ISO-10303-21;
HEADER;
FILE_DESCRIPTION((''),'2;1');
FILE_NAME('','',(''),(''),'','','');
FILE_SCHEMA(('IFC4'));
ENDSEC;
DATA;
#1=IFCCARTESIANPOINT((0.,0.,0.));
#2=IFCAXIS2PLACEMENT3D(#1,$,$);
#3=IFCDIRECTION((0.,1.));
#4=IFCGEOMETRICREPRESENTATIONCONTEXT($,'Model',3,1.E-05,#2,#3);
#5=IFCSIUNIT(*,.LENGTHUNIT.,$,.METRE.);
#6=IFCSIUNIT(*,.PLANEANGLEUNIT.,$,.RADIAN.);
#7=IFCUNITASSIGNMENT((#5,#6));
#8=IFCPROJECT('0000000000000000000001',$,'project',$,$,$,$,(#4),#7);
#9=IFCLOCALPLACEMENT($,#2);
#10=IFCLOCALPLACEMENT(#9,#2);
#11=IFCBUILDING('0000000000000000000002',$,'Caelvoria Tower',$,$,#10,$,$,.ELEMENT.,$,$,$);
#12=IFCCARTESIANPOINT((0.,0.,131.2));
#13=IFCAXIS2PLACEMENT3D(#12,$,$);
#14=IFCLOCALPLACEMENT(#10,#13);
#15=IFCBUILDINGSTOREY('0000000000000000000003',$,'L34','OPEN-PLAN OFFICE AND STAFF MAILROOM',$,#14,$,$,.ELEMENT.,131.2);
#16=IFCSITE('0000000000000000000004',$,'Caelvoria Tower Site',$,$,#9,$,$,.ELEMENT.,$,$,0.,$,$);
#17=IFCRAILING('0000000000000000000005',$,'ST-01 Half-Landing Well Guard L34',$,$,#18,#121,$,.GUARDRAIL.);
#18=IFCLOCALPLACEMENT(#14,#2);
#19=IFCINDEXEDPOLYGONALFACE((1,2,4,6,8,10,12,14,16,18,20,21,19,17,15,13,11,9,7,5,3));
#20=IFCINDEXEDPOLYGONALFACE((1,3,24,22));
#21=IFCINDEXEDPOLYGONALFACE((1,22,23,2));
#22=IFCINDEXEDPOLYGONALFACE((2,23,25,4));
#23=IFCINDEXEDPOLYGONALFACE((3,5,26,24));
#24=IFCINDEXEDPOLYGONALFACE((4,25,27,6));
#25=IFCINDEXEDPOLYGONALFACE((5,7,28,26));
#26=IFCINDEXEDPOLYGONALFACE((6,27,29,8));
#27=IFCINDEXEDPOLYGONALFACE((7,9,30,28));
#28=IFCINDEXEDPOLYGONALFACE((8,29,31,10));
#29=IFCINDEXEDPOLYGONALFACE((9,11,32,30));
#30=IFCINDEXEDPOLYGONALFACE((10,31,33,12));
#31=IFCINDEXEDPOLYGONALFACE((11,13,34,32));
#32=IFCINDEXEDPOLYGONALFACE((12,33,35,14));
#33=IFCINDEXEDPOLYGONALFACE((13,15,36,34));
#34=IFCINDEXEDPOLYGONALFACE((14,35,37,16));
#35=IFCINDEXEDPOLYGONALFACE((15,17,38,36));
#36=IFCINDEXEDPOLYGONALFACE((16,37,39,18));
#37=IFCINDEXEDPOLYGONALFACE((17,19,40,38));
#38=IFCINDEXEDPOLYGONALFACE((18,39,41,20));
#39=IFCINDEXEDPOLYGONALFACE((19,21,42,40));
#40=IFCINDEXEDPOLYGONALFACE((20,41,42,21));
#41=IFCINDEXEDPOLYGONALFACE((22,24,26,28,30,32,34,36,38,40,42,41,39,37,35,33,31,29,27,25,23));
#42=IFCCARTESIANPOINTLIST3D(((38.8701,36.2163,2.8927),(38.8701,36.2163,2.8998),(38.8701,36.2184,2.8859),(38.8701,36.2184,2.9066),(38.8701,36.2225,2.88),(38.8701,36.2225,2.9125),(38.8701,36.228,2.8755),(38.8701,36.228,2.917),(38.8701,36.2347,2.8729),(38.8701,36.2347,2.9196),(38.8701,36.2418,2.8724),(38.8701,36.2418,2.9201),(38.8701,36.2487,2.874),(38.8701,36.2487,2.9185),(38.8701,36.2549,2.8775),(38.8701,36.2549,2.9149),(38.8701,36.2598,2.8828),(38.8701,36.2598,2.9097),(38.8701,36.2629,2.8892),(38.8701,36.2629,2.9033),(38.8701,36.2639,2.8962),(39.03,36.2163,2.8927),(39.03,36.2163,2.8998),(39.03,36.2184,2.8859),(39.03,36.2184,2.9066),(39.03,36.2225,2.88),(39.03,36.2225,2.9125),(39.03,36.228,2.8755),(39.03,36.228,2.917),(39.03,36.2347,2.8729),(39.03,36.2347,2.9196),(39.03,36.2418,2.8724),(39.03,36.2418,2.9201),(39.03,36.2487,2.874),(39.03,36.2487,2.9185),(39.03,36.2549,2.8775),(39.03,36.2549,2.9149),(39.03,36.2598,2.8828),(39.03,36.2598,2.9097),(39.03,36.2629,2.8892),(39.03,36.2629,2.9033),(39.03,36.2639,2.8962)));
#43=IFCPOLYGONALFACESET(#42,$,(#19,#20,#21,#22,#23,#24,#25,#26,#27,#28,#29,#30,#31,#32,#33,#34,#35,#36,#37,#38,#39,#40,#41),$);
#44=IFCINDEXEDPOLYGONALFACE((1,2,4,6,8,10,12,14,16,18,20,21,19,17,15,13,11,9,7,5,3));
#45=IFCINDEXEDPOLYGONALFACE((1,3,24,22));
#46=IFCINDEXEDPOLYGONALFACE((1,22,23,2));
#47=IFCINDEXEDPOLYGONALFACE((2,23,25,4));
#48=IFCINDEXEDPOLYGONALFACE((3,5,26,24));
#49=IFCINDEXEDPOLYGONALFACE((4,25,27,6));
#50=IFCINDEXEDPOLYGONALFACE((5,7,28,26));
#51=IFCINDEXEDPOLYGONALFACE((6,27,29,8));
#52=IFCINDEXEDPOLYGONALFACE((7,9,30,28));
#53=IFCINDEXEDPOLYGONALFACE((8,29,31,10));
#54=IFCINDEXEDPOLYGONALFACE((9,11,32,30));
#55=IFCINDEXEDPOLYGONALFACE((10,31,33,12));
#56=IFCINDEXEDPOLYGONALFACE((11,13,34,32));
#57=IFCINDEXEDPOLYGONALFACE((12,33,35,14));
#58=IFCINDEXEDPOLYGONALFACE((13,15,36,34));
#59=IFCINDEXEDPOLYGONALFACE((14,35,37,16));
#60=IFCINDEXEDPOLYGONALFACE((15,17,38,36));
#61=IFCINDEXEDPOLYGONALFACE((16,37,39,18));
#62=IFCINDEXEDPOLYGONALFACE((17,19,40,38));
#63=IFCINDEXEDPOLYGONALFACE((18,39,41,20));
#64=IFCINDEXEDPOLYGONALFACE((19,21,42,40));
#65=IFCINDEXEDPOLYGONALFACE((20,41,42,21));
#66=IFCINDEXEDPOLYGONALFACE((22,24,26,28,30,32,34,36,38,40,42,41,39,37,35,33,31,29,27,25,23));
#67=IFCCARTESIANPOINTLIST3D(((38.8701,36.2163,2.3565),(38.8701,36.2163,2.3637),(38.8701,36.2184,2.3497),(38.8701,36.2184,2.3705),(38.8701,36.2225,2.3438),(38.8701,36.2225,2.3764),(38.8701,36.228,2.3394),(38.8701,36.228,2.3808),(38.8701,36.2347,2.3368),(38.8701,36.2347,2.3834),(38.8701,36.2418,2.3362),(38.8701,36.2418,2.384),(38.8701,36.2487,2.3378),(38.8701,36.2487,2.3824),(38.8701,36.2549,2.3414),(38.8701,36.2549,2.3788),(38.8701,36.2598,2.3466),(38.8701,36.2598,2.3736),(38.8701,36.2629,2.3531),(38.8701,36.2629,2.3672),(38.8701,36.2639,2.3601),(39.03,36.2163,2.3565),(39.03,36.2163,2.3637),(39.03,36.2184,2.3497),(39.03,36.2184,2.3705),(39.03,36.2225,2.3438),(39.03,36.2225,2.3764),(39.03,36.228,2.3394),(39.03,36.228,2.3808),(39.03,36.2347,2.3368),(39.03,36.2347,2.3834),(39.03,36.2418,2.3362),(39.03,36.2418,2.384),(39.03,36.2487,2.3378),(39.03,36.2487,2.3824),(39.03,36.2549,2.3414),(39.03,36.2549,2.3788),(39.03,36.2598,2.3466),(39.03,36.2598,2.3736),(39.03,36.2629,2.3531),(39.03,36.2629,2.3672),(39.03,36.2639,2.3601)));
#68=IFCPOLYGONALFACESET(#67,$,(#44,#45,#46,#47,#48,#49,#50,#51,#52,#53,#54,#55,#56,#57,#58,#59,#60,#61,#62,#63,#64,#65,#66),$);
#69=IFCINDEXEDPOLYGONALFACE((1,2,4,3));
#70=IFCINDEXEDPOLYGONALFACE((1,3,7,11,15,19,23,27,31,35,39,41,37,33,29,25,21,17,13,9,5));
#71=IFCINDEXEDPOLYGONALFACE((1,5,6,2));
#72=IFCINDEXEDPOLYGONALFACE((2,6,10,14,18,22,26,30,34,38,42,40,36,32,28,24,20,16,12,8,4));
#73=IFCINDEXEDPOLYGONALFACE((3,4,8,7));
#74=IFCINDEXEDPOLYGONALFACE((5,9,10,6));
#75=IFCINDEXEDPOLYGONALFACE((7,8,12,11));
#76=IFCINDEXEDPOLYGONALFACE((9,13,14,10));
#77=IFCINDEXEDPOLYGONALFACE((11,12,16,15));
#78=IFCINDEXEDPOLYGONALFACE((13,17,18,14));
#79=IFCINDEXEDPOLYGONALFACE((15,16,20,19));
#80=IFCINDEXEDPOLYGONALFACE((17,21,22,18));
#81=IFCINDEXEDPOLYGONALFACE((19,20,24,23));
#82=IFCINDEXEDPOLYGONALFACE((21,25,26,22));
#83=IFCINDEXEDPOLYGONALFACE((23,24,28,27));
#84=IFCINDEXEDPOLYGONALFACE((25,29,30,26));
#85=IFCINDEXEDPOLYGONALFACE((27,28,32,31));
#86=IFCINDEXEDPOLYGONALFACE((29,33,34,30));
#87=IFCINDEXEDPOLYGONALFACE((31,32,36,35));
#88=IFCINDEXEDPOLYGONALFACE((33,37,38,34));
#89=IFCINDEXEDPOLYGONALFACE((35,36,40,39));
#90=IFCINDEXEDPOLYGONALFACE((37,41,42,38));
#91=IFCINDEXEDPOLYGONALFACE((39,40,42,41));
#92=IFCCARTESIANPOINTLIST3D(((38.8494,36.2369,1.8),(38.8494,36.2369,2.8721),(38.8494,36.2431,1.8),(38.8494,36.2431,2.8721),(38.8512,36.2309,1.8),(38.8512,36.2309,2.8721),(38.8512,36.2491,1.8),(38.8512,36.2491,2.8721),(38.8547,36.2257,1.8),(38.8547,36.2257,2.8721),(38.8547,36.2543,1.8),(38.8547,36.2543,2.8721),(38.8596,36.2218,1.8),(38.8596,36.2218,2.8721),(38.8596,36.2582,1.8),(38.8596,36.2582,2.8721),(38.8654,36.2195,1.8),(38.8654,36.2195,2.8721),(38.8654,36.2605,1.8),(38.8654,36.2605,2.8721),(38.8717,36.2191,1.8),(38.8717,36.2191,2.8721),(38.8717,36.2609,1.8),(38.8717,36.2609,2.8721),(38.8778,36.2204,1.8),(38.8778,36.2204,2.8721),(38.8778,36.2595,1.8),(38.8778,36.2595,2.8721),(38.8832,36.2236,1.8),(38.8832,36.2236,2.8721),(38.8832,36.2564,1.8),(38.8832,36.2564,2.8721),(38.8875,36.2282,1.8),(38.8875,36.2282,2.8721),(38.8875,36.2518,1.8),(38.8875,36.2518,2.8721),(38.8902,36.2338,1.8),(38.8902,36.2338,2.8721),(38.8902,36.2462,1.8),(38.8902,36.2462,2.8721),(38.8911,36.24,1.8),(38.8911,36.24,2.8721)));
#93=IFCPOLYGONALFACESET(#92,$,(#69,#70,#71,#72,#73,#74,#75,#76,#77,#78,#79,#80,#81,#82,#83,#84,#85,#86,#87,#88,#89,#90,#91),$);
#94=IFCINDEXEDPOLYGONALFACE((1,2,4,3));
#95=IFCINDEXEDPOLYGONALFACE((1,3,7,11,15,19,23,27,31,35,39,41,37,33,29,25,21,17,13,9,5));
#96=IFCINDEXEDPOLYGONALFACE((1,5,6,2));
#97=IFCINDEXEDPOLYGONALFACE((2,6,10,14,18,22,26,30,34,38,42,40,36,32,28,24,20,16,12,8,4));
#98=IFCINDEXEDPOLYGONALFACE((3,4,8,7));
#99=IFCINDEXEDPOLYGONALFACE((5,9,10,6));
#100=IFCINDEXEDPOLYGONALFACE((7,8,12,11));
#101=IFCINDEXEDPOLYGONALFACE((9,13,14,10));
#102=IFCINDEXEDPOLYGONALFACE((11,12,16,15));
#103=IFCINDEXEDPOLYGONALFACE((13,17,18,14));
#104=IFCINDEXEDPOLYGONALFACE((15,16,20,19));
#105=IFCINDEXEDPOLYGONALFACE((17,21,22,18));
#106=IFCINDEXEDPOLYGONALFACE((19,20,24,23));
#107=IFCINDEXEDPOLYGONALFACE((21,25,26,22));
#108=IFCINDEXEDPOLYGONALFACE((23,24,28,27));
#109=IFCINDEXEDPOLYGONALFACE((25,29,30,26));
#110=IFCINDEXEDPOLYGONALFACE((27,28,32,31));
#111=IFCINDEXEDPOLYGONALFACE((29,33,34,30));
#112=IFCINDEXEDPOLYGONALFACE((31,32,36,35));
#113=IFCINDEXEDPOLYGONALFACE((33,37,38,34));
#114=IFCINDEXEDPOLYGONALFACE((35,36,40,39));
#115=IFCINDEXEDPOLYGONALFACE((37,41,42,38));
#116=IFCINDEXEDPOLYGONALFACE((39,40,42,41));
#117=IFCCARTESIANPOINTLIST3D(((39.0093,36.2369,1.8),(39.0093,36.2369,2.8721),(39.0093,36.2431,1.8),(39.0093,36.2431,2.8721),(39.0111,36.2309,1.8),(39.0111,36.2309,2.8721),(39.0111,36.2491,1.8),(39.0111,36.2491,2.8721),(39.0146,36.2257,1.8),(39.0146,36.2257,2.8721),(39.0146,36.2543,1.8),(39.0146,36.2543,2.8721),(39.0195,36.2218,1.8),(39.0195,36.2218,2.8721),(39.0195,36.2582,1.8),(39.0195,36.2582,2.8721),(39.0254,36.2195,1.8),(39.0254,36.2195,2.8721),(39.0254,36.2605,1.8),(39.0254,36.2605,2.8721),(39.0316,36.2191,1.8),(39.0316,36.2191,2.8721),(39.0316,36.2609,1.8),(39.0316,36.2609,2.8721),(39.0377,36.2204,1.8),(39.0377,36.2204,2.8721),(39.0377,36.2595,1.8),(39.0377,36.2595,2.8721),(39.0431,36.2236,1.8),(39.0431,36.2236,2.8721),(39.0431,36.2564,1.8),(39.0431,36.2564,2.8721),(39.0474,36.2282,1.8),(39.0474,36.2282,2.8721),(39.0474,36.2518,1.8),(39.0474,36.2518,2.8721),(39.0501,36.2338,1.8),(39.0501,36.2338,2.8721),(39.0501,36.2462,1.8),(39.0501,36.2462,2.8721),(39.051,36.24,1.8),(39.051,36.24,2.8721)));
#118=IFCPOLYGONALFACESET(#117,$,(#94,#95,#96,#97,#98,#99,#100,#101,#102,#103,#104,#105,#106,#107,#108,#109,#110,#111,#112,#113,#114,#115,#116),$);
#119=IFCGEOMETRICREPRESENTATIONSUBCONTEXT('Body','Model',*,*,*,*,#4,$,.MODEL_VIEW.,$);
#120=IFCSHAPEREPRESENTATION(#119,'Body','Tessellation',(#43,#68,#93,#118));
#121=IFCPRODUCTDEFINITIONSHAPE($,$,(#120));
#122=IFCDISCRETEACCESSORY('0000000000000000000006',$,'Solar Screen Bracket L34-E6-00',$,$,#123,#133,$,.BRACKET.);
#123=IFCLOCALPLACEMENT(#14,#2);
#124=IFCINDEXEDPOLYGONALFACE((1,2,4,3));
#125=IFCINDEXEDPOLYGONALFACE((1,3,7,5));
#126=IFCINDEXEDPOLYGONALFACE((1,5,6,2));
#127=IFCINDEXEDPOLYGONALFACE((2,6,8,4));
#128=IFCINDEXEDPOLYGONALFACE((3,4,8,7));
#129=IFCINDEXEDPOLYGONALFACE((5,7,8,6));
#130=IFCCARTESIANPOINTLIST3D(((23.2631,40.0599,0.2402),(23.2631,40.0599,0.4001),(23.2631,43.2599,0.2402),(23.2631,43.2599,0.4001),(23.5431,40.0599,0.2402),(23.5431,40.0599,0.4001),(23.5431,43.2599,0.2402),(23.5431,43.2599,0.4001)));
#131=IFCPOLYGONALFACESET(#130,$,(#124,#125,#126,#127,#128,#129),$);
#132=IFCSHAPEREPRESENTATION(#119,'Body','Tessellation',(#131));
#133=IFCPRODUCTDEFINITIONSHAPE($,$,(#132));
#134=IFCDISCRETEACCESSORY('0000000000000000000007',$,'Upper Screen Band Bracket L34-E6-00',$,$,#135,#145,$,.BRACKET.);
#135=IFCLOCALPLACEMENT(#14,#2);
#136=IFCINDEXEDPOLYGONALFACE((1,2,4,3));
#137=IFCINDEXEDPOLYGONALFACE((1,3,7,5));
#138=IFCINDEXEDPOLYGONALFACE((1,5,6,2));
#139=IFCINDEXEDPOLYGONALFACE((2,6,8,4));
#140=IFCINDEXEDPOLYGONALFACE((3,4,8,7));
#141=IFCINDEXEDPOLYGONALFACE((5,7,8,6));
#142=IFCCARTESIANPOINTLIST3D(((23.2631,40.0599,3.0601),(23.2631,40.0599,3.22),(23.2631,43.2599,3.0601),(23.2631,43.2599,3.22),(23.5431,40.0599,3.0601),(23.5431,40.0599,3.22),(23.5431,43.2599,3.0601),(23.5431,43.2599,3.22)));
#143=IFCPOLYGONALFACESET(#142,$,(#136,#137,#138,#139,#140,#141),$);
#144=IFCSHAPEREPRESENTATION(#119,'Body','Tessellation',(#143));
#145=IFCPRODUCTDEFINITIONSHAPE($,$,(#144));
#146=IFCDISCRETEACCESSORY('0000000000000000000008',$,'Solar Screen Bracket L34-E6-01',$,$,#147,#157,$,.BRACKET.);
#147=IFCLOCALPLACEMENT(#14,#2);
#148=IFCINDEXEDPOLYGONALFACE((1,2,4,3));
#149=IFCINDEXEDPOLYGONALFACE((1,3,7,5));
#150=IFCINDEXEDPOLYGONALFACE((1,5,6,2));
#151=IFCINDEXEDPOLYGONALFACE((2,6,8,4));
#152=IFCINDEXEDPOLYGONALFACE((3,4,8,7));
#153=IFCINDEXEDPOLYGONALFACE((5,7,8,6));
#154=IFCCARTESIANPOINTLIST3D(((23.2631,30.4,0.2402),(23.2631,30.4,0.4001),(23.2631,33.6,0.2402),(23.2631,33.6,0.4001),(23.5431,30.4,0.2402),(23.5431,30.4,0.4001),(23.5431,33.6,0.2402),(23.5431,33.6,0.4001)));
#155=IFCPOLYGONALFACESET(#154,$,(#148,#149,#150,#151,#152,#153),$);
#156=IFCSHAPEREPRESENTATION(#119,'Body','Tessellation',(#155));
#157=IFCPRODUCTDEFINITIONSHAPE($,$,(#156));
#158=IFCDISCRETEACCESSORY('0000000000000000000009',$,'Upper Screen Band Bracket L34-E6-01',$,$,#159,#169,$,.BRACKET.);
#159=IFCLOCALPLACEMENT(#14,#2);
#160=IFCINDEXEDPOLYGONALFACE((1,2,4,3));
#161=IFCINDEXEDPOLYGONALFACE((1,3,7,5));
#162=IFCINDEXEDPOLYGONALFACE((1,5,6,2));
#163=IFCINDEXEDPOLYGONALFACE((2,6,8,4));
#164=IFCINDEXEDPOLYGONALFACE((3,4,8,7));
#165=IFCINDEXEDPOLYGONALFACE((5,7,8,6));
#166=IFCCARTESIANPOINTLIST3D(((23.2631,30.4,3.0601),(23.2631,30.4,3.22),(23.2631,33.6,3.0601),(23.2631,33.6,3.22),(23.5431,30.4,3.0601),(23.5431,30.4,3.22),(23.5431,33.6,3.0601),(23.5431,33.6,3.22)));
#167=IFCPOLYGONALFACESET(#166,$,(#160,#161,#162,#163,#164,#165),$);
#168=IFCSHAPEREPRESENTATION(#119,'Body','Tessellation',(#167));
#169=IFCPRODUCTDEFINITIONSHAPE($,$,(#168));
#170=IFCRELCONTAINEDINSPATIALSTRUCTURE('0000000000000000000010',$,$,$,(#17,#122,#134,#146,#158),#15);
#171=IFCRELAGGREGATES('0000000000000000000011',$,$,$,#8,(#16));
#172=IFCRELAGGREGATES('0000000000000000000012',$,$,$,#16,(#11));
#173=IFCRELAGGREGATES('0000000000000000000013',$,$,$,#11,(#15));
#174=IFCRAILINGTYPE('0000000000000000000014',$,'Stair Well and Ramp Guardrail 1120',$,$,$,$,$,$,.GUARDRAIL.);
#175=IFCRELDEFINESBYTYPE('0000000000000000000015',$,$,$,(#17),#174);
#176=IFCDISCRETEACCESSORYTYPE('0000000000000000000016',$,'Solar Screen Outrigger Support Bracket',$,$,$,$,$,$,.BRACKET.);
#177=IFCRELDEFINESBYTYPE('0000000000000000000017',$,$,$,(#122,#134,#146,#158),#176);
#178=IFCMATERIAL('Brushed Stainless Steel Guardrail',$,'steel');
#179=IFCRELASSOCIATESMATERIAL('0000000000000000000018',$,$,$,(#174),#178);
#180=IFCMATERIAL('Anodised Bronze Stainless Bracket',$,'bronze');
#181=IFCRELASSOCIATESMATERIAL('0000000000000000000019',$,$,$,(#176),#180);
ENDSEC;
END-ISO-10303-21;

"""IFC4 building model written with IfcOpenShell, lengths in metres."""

from ifc_helpers import new_model, si_unit, direction, frame, origin, origin_2d, place, context, subcontext, project, spatial, rectangle, circle, extrude, material, type_object, element, save


model = new_model("IFC4")

# Units and contexts
model_context = context("Model", 3, precision=1e-05, world=origin(), true_north=direction((0.0, 1.0)))
body_context = subcontext(model_context, "Body", "Model", "MODEL_VIEW")
ifc_project = project(units=[si_unit("LENGTHUNIT", "METRE"), si_unit("PLANEANGLEUNIT", "RADIAN")], contexts=[model_context])

# Site, building, storey
site_placement = place(None, origin())
site = spatial("IfcSite", under=ifc_project, at=site_placement, Name="Caelvoria Tower Site", CompositionType="ELEMENT", RefElevation=0.0)
building_placement = place(site_placement, origin())
building = spatial("IfcBuilding", under=site, at=building_placement, Name="Caelvoria Tower", CompositionType="ELEMENT")
storey_placement = place(building_placement, frame((0.0, 0.0, 131.2)))
storey = spatial("IfcBuildingStorey", under=building, at=storey_placement, Name="L34", Description="OPEN-PLAN OFFICE AND STAFF MAILROOM", CompositionType="ELEMENT", Elevation=131.2)

# Railing
ifc_material_1 = material(Name="Brushed Stainless Steel Guardrail", Category="steel")
railing_type_1 = type_object("IfcRailingType", Name="Stair Well and Ramp Guardrail 1120", PredefinedType="GUARDRAIL", material=ifc_material_1)
railing_1_placement = place(storey_placement, frame((38.8701, 36.24, 1.8)))
element("IfcRailing", 1, at=railing_1_placement, inside=storey, type_object=railing_type_1, Name="ST-01 Half-Landing Well Guard L34", PredefinedType="GUARDRAIL", context=body_context, shape_type="SweptSolid", body=[
    extrude(circle(Radius=0.0239, at=origin_2d()), frame((0.0, 0.0, 1.0962), z_axis=(1.0, 0.0, 0.0), x_axis=(0.0, 1.0, 0.0)), (0.0, 0.0, 1.0), 0.1599),
    extrude(circle(Radius=0.0239, at=origin_2d()), frame((0.0, 0.0, 0.5601), z_axis=(1.0, 0.0, 0.0), x_axis=(0.0, 1.0, 0.0)), (0.0, 0.0, 1.0), 0.1599),
    extrude(circle(Radius=0.021, at=origin_2d()), origin(), (0.0, 0.0, 1.0), 1.072),
    extrude(circle(Radius=0.021, at=origin_2d()), frame((0.1599, 0.0, 0.0)), (0.0, 0.0, 1.0), 1.072),
])

# Discrete accessories
ifc_material_2 = material(Name="Anodised Bronze Stainless Bracket", Category="bronze")
discrete_accessory_type = type_object("IfcDiscreteAccessoryType", Name="Solar Screen Outrigger Support Bracket", PredefinedType="BRACKET", material=ifc_material_2)
for number, where, z_axis, x_axis, name in (
    (2, (23.4031, 41.6599, 0.2402), (0.0, 0.0, 1.0), (0.0, -1.0, 0.0), "Solar Screen Bracket L34-E6-00"),
    (3, (23.4031, 41.6599, 3.0601), (0.0, 0.0, 1.0), (0.0, -1.0, 0.0), "Upper Screen Band Bracket L34-E6-00"),
    (4, (23.4031, 32.0, 0.2402), (0.0, 0.0, 1.0), (0.0, -1.0, 0.0), "Solar Screen Bracket L34-E6-01"),
    (5, (23.4031, 32.0, 3.0601), (0.0, 0.0, 1.0), (0.0, -1.0, 0.0), "Upper Screen Band Bracket L34-E6-01"),
):
    element("IfcDiscreteAccessory", number, at=place(storey_placement, frame(where, z_axis=z_axis, x_axis=x_axis)), inside=storey, type_object=discrete_accessory_type, Name=name, PredefinedType="BRACKET", context=body_context, shape_type="SweptSolid", body=[
        extrude(rectangle(XDim=3.2, YDim=0.28, at=origin_2d()), origin(), (0.0, 0.0, 1.0), 0.1599),
    ])

save(model, "model.ifc")
